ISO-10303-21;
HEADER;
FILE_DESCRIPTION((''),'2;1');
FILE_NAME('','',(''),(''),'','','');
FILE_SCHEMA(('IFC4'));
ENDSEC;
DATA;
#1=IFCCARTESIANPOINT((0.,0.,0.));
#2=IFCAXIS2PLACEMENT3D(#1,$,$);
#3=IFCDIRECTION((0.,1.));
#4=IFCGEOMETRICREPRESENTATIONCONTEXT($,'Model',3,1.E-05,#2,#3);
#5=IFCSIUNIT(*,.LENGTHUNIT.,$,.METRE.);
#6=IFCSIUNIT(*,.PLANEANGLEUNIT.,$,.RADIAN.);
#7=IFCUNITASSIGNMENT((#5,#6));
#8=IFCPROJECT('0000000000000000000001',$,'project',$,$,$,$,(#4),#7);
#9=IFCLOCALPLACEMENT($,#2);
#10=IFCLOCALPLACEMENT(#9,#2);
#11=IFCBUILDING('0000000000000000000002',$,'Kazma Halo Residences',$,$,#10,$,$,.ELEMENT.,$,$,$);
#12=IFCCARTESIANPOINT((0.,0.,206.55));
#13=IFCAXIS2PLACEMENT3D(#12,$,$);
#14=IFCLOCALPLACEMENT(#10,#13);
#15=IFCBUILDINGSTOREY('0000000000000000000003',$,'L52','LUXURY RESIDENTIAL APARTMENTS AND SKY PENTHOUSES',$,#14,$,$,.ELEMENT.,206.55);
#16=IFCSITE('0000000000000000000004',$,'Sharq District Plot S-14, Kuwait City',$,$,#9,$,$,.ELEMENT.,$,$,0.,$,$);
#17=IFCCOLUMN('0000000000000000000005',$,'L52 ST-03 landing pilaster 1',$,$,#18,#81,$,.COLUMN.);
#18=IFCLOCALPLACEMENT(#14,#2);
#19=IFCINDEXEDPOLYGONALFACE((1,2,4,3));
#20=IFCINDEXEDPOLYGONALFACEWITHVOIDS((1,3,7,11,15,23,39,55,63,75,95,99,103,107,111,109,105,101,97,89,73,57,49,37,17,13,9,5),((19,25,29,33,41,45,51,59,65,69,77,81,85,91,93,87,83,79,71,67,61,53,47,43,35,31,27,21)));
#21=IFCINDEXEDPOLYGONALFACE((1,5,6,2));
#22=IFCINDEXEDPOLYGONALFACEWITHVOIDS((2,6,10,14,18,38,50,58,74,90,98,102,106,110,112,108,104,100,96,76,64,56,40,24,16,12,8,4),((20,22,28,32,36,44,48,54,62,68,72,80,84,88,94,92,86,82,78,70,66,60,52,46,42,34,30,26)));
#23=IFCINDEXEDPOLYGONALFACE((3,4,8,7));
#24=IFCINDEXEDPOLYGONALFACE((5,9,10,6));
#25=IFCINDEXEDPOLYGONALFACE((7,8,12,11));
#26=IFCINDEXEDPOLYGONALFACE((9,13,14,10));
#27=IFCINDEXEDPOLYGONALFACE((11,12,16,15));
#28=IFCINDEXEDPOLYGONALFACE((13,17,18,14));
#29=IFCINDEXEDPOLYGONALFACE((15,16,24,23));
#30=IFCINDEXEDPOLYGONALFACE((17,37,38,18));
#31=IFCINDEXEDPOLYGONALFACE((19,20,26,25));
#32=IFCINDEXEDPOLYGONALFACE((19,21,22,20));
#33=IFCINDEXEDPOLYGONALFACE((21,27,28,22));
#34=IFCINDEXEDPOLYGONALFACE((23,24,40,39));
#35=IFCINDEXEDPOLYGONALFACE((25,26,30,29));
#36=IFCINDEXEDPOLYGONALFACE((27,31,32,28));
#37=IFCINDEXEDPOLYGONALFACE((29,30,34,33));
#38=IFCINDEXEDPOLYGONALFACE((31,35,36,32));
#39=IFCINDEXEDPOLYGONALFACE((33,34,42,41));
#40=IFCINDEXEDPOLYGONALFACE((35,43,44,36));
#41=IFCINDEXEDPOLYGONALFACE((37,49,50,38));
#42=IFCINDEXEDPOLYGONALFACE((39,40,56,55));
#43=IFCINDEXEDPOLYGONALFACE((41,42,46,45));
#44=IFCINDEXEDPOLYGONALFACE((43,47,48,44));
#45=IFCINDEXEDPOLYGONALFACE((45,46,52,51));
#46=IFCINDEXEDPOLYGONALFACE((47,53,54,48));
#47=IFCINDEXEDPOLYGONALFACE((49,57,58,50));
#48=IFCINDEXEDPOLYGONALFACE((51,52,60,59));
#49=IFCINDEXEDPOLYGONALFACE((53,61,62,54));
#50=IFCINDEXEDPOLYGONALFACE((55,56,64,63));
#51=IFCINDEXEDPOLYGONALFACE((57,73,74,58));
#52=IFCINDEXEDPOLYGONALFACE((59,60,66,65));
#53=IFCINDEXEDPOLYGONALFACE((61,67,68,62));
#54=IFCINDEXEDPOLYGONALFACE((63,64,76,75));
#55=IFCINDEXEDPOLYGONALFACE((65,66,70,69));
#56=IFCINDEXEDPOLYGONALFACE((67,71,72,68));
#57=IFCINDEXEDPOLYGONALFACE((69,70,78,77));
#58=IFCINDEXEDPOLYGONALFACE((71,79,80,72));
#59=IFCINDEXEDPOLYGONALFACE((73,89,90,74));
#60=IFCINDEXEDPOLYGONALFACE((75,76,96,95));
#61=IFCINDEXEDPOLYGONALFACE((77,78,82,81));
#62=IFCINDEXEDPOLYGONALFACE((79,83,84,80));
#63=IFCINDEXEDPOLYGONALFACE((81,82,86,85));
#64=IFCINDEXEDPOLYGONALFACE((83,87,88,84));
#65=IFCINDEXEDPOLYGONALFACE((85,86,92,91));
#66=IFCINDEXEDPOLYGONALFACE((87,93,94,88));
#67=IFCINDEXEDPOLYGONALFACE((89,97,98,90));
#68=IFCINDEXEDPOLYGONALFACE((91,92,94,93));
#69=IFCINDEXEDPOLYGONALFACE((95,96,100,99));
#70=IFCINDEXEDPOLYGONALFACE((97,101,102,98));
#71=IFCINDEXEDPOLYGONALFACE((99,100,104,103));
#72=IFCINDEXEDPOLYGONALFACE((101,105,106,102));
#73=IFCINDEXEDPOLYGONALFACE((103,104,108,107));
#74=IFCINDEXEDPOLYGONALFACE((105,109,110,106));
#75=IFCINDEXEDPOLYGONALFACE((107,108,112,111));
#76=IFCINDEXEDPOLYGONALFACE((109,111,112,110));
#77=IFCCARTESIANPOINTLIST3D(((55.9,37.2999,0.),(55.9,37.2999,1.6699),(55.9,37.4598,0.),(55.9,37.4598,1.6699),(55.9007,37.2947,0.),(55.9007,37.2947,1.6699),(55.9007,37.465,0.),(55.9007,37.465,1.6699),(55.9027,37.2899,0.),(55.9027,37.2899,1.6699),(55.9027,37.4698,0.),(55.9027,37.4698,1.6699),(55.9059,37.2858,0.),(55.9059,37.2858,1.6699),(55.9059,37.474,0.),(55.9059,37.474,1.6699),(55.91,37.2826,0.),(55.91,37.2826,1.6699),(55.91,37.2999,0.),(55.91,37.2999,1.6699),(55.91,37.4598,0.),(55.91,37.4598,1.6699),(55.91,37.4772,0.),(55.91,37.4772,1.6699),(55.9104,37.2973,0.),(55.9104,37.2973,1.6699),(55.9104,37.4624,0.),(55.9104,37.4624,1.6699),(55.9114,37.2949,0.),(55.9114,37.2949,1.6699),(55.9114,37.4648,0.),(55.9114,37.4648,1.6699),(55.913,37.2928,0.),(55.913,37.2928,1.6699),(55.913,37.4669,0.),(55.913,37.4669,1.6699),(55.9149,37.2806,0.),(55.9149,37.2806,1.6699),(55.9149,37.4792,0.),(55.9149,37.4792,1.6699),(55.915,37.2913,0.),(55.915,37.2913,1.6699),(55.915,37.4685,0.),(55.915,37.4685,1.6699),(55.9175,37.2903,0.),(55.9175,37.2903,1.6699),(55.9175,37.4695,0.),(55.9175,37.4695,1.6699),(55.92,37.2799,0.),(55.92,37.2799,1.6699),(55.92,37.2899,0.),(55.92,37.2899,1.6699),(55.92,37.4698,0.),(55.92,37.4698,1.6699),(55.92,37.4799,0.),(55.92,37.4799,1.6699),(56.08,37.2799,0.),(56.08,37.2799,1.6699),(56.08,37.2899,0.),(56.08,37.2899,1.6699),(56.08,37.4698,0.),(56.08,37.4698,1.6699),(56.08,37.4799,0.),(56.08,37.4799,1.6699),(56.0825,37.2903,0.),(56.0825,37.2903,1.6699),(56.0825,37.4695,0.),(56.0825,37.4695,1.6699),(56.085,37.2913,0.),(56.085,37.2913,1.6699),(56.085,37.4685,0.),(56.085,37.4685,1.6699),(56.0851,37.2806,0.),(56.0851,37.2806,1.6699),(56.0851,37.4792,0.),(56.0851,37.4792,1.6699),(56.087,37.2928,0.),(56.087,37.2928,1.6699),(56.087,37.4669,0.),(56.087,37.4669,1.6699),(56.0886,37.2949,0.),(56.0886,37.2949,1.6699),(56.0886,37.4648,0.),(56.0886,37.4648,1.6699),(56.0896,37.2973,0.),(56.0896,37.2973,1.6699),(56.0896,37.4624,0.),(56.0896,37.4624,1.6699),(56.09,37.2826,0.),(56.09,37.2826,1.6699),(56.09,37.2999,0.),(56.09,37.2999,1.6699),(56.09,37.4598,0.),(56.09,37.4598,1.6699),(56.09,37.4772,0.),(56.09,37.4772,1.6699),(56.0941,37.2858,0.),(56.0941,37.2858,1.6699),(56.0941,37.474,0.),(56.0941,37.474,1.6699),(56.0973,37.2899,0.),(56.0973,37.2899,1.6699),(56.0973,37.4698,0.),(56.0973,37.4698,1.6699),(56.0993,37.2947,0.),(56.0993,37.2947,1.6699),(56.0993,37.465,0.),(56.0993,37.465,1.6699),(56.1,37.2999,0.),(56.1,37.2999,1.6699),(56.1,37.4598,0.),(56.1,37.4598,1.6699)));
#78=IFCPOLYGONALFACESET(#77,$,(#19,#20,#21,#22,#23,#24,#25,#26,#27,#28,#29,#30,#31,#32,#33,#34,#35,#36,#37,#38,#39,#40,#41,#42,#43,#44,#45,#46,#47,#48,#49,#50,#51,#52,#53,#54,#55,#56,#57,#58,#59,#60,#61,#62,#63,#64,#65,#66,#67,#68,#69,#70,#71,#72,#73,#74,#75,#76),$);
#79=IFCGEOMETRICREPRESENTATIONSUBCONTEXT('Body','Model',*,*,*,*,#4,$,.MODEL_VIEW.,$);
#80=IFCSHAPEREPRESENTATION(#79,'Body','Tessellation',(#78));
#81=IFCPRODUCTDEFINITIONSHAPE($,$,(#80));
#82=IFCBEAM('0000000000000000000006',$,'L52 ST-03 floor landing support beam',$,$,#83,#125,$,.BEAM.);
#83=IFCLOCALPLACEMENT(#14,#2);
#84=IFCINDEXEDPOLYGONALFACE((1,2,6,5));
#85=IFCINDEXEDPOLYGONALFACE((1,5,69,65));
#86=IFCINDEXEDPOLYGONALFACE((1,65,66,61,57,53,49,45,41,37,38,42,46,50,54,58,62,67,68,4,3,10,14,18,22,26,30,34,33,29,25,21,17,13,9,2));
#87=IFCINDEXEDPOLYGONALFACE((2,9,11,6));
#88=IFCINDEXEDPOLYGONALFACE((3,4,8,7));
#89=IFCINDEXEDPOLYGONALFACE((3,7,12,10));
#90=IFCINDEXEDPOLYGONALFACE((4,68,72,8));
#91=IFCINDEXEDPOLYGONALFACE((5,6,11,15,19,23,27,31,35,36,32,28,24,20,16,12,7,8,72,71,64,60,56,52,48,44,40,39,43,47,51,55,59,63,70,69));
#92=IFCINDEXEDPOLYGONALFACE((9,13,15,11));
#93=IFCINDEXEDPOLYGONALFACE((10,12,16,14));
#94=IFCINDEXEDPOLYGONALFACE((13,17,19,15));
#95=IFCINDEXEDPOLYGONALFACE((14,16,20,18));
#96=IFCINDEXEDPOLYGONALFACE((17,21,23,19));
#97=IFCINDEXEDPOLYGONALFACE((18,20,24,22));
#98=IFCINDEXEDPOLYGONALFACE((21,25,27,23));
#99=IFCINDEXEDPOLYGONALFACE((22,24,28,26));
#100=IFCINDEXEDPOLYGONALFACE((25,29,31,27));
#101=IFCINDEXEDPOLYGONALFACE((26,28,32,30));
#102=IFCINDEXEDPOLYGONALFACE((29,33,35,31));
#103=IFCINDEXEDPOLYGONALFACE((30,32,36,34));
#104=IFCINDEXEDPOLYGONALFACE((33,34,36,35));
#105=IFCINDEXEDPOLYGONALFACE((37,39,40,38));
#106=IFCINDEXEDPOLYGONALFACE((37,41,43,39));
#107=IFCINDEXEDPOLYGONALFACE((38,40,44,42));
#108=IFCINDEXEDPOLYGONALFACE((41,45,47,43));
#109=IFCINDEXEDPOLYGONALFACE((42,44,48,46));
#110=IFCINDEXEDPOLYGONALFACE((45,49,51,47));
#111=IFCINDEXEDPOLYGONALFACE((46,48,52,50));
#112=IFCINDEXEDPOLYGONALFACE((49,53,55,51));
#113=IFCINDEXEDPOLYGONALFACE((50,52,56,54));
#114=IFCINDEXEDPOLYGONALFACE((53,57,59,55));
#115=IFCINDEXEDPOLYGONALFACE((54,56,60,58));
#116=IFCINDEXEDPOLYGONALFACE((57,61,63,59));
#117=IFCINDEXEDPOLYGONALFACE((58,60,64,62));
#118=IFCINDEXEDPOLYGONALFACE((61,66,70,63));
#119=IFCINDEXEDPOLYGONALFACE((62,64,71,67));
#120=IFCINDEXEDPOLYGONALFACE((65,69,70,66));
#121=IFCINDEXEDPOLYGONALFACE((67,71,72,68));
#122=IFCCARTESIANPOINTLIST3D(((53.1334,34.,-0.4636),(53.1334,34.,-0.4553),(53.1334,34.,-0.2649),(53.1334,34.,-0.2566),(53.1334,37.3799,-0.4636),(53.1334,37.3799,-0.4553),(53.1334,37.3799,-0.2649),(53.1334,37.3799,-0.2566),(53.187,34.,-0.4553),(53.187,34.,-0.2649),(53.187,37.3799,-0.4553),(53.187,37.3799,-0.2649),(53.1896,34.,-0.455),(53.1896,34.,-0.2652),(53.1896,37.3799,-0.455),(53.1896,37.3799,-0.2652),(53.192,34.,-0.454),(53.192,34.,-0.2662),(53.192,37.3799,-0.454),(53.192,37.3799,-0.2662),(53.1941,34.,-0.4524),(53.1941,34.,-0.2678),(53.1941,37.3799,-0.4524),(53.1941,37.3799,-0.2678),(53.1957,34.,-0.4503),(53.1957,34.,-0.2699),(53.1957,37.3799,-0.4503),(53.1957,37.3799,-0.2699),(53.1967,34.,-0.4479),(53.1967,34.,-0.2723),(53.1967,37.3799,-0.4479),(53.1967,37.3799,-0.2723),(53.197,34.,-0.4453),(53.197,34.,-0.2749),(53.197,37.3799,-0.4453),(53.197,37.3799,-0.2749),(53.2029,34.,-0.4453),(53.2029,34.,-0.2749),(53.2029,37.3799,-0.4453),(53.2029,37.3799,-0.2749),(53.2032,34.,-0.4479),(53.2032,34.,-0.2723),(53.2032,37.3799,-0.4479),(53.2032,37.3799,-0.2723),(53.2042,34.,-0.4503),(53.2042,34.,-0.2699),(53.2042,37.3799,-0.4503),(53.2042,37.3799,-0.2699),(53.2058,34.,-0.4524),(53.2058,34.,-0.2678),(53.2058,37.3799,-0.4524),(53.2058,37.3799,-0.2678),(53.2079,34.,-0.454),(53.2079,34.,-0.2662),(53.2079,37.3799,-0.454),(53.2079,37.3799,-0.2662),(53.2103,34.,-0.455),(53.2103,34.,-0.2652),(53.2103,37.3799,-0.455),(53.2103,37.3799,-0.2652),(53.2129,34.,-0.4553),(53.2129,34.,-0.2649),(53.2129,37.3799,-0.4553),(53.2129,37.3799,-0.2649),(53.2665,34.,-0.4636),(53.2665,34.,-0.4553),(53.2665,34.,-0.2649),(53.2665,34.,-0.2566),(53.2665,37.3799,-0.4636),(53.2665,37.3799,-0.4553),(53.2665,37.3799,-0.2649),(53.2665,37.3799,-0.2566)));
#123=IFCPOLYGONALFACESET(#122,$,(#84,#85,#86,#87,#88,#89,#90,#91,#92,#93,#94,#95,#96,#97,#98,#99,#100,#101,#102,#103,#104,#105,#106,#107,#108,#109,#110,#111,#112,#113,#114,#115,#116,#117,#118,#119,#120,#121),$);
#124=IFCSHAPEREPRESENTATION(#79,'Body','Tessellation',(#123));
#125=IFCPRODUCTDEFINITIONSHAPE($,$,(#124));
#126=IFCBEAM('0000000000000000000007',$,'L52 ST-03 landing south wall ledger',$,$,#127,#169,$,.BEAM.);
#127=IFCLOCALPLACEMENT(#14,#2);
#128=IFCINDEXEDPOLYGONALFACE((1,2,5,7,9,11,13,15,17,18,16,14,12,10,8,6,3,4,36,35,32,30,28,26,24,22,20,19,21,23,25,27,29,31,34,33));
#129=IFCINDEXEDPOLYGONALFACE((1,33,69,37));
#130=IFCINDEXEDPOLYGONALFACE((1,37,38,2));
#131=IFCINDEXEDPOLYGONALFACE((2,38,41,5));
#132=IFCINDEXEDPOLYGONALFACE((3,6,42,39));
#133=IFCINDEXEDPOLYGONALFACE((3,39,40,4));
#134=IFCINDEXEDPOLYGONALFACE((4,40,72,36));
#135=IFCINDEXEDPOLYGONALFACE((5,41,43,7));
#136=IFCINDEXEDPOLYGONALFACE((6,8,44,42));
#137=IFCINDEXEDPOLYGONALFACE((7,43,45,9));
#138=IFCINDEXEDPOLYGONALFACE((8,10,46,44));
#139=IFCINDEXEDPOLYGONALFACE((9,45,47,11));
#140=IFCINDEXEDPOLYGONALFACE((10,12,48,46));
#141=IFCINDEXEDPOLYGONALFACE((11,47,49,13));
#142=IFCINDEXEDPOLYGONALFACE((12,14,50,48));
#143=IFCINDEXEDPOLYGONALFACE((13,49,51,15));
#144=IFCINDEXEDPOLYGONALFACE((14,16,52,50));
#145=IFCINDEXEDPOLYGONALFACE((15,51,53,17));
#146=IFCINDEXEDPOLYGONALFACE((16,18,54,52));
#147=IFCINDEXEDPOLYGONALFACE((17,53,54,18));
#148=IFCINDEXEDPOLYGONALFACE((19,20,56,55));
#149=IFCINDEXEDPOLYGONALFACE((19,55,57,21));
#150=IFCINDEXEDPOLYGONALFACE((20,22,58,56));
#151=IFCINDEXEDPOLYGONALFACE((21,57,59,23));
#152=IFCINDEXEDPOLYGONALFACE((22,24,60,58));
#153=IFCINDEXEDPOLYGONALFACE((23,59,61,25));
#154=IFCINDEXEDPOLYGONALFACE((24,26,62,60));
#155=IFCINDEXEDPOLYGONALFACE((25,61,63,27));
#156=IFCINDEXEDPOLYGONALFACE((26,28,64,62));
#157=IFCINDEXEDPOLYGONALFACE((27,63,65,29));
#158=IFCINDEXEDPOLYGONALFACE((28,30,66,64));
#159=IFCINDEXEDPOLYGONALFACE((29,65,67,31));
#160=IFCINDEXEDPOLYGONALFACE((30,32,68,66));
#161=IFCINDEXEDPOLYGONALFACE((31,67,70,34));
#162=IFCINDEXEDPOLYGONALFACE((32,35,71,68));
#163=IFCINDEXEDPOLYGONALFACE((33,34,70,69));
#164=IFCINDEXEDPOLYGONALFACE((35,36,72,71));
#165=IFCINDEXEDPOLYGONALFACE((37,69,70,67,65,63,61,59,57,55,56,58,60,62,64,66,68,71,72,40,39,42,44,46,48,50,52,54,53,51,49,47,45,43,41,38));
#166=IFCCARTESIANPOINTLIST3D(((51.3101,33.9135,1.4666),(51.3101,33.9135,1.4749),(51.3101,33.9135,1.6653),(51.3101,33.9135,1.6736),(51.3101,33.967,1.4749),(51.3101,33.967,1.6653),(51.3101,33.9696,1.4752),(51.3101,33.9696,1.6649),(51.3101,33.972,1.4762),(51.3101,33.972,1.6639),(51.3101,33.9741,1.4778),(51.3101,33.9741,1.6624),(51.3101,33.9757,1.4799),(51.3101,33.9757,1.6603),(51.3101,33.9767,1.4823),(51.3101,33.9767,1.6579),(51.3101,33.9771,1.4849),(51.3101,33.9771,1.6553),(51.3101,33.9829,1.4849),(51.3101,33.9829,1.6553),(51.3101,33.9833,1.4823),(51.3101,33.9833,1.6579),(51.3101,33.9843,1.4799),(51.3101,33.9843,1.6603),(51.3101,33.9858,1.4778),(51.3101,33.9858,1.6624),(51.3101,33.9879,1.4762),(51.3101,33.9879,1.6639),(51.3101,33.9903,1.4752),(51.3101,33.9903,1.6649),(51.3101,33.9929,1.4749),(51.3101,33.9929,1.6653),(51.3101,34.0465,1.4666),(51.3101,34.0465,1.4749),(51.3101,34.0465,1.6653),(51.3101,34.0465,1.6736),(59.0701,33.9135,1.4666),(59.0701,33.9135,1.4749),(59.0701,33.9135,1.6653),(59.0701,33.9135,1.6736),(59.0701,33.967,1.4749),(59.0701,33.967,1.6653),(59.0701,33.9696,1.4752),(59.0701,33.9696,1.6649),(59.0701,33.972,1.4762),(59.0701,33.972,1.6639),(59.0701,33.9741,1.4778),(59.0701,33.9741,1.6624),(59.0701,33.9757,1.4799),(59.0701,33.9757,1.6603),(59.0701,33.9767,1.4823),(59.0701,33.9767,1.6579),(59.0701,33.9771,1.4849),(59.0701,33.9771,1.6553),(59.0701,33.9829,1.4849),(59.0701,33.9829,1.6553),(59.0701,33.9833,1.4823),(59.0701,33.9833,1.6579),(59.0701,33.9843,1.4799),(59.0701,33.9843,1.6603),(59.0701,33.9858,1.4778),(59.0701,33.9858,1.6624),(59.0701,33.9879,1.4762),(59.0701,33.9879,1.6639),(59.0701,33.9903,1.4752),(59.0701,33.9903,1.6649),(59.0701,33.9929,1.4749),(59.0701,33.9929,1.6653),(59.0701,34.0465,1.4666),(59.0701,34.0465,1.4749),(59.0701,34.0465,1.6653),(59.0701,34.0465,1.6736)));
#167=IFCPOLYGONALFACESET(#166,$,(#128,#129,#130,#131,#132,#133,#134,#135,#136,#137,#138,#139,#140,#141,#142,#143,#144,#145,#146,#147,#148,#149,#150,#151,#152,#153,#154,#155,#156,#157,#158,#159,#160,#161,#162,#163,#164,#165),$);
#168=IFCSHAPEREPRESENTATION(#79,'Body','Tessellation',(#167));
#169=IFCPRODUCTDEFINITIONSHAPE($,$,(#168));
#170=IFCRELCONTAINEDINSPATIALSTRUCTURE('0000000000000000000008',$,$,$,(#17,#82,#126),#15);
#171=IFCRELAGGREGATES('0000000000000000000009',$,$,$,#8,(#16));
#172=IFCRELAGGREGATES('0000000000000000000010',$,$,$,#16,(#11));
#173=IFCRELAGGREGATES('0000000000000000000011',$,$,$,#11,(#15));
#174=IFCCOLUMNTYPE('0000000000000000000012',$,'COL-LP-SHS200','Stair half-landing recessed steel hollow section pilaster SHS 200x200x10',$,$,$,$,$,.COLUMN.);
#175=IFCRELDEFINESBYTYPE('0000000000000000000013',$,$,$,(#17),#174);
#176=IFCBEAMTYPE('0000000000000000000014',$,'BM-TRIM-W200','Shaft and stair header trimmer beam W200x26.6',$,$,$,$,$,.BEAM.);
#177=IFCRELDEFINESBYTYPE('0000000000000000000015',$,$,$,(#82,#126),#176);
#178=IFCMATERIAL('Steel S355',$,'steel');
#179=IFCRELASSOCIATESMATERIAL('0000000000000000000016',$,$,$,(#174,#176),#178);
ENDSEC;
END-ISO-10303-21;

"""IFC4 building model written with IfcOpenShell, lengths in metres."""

from ifc_helpers import new_model, si_unit, direction, frame, origin, origin_2d, place, context, subcontext, project, spatial, hollow_rectangle, i_section, extrude, material, material_profile, profile_set, type_object, element, save


model = new_model("IFC4")

# Units and contexts
model_context = context("Model", 3, precision=1e-05, world=origin(), true_north=direction((0.0, 1.0)))
body_context = subcontext(model_context, "Body", "Model", "MODEL_VIEW")
ifc_project = project(units=[si_unit("LENGTHUNIT", "METRE"), si_unit("PLANEANGLEUNIT", "RADIAN")], contexts=[model_context])

# Site, building, storey
site_placement = place(None, origin())
site = spatial("IfcSite", under=ifc_project, at=site_placement, Name="Sharq District Plot S-14, Kuwait City", CompositionType="ELEMENT", RefElevation=0.0)
building_placement = place(site_placement, origin())
building = spatial("IfcBuilding", under=site, at=building_placement, Name="Kazma Halo Residences", CompositionType="ELEMENT")
storey_placement = place(building_placement, frame((0.0, 0.0, 206.55)))
storey = spatial("IfcBuildingStorey", under=building, at=storey_placement, Name="L52", Description="LUXURY RESIDENTIAL APARTMENTS AND SKY PENTHOUSES", CompositionType="ELEMENT", Elevation=206.55)

# Column
ifc_material_1 = material(Name="Steel S355", Category="steel")
ifc_material_profile_1 = material_profile(ifc_material_1, hollow_rectangle(XDim=0.2, YDim=0.2, WallThickness=0.01, InnerFilletRadius=0.01, OuterFilletRadius=0.02, at=origin_2d()), Name="SHS200x200x10")
ifc_profile_set_1 = profile_set([ifc_material_profile_1], Name="Steel S355")
column_type = type_object("IfcColumnType", Name="COL-LP-SHS200", Description="Stair half-landing recessed steel hollow section pilaster SHS 200x200x10", PredefinedType="COLUMN", material=ifc_profile_set_1)
column_placement = place(storey_placement, frame((56.0, 37.3799, 0.0), z_axis=(0.0, 0.0, 1.0), x_axis=(1.0, 0.0, 0.0)))
element("IfcColumn", 1, at=column_placement, inside=storey, type_object=column_type, Name="L52 ST-03 landing pilaster 1", PredefinedType="COLUMN", context=body_context, shape_type="SweptSolid", body=[
    extrude(hollow_rectangle(XDim=0.2, YDim=0.2, WallThickness=0.01, InnerFilletRadius=0.01, OuterFilletRadius=0.02, at=origin_2d()), origin(), (0.0, 0.0, 1.0), 1.6699),
])

# Beams
ifc_material_profile_2 = material_profile(ifc_material_1, i_section(OverallWidth=0.1331, OverallDepth=0.207, WebThickness=0.0059, FlangeThickness=0.0083, FilletRadius=0.01, at=origin_2d()), Name="W200x26.6")
ifc_profile_set_2 = profile_set([ifc_material_profile_2], Name="Steel S355")
beam_type = type_object("IfcBeamType", Name="BM-TRIM-W200", Description="Shaft and stair header trimmer beam W200x26.6", PredefinedType="BEAM", material=ifc_profile_set_2)
beam_1_placement = place(storey_placement, frame((53.2, 34.0, -0.3601), z_axis=(0.0, 1.0, 0.0), x_axis=(-1.0, 0.0, 0.0)))
element("IfcBeam", 2, at=beam_1_placement, inside=storey, type_object=beam_type, Name="L52 ST-03 floor landing support beam", PredefinedType="BEAM", context=body_context, shape_type="SweptSolid", body=[
    extrude(i_section(OverallWidth=0.1331, OverallDepth=0.207, WebThickness=0.0059, FlangeThickness=0.0083, FilletRadius=0.01, at=origin_2d()), origin(), (0.0, 0.0, 1.0), 3.3799),
])
beam_2_placement = place(storey_placement, frame((51.3101, 33.98, 1.5701), z_axis=(1.0, 0.0, 0.0), x_axis=(0.0, 1.0, 0.0)))
element("IfcBeam", 3, at=beam_2_placement, inside=storey, type_object=beam_type, Name="L52 ST-03 landing south wall ledger", PredefinedType="BEAM", context=body_context, shape_type="SweptSolid", body=[
    extrude(i_section(OverallWidth=0.1331, OverallDepth=0.207, WebThickness=0.0059, FlangeThickness=0.0083, FilletRadius=0.01, at=origin_2d()), origin(), (0.0, 0.0, 1.0), 7.76),
])

save(model, "model.ifc")
